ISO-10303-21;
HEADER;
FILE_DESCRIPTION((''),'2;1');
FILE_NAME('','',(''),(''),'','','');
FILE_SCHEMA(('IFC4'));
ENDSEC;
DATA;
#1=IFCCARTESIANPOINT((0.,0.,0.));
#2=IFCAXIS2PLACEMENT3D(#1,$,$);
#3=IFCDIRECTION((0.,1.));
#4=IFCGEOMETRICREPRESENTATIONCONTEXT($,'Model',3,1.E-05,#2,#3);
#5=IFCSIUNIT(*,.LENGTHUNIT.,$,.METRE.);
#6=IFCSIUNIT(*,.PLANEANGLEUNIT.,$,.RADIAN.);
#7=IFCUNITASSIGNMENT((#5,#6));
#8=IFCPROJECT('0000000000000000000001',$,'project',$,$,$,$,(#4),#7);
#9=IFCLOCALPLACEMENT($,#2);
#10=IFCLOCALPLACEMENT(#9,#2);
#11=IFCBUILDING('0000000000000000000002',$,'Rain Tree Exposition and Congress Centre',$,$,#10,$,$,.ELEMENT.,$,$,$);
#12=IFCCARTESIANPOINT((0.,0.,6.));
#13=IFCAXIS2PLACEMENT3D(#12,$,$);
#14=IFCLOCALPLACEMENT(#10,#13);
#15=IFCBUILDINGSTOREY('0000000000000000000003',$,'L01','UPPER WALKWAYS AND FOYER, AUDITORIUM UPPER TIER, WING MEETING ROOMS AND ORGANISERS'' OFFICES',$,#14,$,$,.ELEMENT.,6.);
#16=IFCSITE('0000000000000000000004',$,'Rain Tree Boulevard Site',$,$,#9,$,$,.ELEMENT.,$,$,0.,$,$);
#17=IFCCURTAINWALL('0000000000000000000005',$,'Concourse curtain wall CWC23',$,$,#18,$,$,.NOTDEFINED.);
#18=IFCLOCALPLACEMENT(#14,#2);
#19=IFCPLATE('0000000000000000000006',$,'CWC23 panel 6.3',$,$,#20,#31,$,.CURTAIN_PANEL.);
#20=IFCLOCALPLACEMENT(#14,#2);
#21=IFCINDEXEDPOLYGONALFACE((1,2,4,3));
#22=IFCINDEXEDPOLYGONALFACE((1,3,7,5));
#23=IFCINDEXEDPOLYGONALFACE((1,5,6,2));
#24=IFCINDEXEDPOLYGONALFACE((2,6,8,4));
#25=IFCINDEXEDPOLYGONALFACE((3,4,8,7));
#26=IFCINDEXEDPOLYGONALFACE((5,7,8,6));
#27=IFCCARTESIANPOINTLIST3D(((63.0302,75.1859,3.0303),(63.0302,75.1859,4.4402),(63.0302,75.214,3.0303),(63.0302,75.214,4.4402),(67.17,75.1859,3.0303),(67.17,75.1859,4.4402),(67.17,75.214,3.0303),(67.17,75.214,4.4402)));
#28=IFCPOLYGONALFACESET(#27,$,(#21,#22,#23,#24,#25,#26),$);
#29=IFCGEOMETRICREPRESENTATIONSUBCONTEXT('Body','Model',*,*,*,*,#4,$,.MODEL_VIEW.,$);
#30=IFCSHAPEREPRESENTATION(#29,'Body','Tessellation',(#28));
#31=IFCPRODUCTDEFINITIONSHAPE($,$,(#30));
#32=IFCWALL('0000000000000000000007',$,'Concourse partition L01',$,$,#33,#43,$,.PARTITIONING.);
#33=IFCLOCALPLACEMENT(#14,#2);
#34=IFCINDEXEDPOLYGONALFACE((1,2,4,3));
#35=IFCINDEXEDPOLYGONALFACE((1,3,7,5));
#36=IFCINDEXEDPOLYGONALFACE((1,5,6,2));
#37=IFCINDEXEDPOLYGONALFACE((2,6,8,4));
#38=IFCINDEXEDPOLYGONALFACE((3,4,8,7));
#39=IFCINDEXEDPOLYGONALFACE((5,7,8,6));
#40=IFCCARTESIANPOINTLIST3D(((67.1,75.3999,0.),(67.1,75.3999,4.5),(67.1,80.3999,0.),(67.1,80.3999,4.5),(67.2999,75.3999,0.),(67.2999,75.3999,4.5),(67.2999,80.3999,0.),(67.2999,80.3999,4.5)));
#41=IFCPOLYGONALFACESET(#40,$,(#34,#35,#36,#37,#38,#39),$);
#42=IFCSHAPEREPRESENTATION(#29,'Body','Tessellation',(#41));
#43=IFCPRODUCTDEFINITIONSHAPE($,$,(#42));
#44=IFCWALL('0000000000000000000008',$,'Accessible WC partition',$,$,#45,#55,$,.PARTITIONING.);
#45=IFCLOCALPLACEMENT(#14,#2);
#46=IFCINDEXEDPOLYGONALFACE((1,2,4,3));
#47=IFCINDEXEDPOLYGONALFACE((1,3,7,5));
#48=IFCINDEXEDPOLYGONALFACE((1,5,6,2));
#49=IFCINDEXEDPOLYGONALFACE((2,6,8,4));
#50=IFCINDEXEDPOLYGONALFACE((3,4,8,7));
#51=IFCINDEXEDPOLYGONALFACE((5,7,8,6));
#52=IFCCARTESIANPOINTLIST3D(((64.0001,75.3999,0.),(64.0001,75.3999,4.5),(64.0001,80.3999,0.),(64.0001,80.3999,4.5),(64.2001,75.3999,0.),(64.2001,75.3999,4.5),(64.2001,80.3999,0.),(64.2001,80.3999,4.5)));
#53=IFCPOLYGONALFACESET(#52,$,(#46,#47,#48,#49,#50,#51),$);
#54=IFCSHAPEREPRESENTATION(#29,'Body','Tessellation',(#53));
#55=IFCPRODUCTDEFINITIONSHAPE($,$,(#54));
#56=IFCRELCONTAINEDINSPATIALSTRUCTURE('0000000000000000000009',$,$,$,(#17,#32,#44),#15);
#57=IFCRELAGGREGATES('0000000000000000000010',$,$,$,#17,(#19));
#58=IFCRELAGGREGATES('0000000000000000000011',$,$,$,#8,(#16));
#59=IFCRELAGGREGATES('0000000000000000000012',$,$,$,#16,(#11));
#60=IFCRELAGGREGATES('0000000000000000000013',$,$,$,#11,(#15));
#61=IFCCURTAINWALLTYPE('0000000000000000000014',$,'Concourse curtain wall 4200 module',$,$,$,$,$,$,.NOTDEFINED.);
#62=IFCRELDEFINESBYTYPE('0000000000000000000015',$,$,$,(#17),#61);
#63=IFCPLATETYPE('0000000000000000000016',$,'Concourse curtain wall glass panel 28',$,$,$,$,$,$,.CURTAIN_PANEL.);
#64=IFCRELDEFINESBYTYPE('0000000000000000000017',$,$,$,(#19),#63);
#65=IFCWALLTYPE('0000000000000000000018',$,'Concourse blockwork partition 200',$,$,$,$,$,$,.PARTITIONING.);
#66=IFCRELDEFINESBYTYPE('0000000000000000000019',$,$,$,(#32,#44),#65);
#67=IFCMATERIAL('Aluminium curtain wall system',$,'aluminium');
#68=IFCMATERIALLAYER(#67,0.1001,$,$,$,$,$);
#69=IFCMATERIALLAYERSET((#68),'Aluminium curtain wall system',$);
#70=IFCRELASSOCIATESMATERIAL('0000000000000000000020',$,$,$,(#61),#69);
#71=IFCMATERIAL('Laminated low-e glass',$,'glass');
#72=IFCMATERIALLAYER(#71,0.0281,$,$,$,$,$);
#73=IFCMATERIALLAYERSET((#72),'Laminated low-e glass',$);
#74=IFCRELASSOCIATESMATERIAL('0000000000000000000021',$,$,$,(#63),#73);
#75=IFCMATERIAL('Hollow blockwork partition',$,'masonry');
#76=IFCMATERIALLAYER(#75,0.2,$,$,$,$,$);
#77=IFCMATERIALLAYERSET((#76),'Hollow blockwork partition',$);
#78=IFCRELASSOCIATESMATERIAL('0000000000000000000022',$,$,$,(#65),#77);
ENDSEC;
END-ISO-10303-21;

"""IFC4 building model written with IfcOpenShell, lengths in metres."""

from ifc_helpers import new_model, si_unit, direction, frame, frame_2d, origin, origin_2d, place, context, subcontext, project, spatial, rectangle, extrude, material, layer, layer_set, type_object, element, aggregate, save


model = new_model("IFC4")

# Units and contexts
model_context = context("Model", 3, precision=1e-05, world=origin(), true_north=direction((0.0, 1.0)))
body_context = subcontext(model_context, "Body", "Model", "MODEL_VIEW")
ifc_project = project(units=[si_unit("LENGTHUNIT", "METRE"), si_unit("PLANEANGLEUNIT", "RADIAN")], contexts=[model_context])

# Site, building, storey
site_placement = place(None, origin())
site = spatial("IfcSite", under=ifc_project, at=site_placement, Name="Rain Tree Boulevard Site", CompositionType="ELEMENT", RefElevation=0.0)
building_placement = place(site_placement, origin())
building = spatial("IfcBuilding", under=site, at=building_placement, Name="Rain Tree Exposition and Congress Centre", CompositionType="ELEMENT")
storey_placement = place(building_placement, frame((0.0, 0.0, 6.0)))
storey = spatial("IfcBuildingStorey", under=building, at=storey_placement, Name="L01", Description="UPPER WALKWAYS AND FOYER, AUDITORIUM UPPER TIER, WING MEETING ROOMS AND ORGANISERS' OFFICES", CompositionType="ELEMENT", Elevation=6.0)

# Curtain wall
ifc_material_1 = material(Name="Aluminium curtain wall system", Category="aluminium")
ifc_layer_1 = layer(ifc_material_1, 0.1001)
ifc_layer_set_1 = layer_set([ifc_layer_1], Name="Aluminium curtain wall system")
curtain_wall_type = type_object("IfcCurtainWallType", Name="Concourse curtain wall 4200 module", PredefinedType="NOTDEFINED", material=ifc_layer_set_1)
curtain_wall_placement = place(storey_placement, origin())
curtain_wall = element("IfcCurtainWall", 1, at=curtain_wall_placement, inside=storey, type_object=curtain_wall_type, Name="Concourse curtain wall CWC23", PredefinedType="NOTDEFINED")

# Plate
ifc_material_2 = material(Name="Laminated low-e glass", Category="glass")
ifc_layer_2 = layer(ifc_material_2, 0.0281)
ifc_layer_set_2 = layer_set([ifc_layer_2], Name="Laminated low-e glass")
plate_type = type_object("IfcPlateType", Name="Concourse curtain wall glass panel 28", PredefinedType="CURTAIN_PANEL", material=ifc_layer_set_2)
plate_1_placement = place(storey_placement, frame((65.1001, 75.2, 3.0303), z_axis=(0.0, 0.0, 1.0), x_axis=(1.0, 0.0, 0.0)))
plate_1 = element("IfcPlate", 2, at=plate_1_placement, type_object=plate_type, Name="CWC23 panel 6.3", PredefinedType="CURTAIN_PANEL", context=body_context, shape_type="SweptSolid", body=[
    extrude(rectangle(XDim=4.1399, YDim=0.0281, at=origin_2d()), origin(), (0.0, 0.0, 1.0), 1.4099),
])
aggregate(curtain_wall, [plate_1])

# Walls
ifc_material_3 = material(Name="Hollow blockwork partition", Category="masonry")
ifc_layer_3 = layer(ifc_material_3, 0.2)
ifc_layer_set_3 = layer_set([ifc_layer_3], Name="Hollow blockwork partition")
wall_type = type_object("IfcWallType", Name="Concourse blockwork partition 200", PredefinedType="PARTITIONING", material=ifc_layer_set_3)
for number, where, z_axis, x_axis, name in (
    (3, (67.2, 75.3999, 0.0), (0.0, 0.0, 1.0), (0.0, 1.0, 0.0), "Concourse partition L01"),
    (4, (64.1001, 75.3999, 0.0), (0.0, 0.0, 1.0), (0.0, 1.0, 0.0), "Accessible WC partition"),
):
    element("IfcWall", number, at=place(storey_placement, frame(where, z_axis=z_axis, x_axis=x_axis)), inside=storey, type_object=wall_type, Name=name, PredefinedType="PARTITIONING", context=body_context, shape_type="SweptSolid", body=[
        extrude(rectangle(XDim=5.0, YDim=0.2, at=frame_2d((2.5, 0.0))), origin(), (0.0, 0.0, 1.0), 4.5),
    ])

save(model, "model.ifc")
